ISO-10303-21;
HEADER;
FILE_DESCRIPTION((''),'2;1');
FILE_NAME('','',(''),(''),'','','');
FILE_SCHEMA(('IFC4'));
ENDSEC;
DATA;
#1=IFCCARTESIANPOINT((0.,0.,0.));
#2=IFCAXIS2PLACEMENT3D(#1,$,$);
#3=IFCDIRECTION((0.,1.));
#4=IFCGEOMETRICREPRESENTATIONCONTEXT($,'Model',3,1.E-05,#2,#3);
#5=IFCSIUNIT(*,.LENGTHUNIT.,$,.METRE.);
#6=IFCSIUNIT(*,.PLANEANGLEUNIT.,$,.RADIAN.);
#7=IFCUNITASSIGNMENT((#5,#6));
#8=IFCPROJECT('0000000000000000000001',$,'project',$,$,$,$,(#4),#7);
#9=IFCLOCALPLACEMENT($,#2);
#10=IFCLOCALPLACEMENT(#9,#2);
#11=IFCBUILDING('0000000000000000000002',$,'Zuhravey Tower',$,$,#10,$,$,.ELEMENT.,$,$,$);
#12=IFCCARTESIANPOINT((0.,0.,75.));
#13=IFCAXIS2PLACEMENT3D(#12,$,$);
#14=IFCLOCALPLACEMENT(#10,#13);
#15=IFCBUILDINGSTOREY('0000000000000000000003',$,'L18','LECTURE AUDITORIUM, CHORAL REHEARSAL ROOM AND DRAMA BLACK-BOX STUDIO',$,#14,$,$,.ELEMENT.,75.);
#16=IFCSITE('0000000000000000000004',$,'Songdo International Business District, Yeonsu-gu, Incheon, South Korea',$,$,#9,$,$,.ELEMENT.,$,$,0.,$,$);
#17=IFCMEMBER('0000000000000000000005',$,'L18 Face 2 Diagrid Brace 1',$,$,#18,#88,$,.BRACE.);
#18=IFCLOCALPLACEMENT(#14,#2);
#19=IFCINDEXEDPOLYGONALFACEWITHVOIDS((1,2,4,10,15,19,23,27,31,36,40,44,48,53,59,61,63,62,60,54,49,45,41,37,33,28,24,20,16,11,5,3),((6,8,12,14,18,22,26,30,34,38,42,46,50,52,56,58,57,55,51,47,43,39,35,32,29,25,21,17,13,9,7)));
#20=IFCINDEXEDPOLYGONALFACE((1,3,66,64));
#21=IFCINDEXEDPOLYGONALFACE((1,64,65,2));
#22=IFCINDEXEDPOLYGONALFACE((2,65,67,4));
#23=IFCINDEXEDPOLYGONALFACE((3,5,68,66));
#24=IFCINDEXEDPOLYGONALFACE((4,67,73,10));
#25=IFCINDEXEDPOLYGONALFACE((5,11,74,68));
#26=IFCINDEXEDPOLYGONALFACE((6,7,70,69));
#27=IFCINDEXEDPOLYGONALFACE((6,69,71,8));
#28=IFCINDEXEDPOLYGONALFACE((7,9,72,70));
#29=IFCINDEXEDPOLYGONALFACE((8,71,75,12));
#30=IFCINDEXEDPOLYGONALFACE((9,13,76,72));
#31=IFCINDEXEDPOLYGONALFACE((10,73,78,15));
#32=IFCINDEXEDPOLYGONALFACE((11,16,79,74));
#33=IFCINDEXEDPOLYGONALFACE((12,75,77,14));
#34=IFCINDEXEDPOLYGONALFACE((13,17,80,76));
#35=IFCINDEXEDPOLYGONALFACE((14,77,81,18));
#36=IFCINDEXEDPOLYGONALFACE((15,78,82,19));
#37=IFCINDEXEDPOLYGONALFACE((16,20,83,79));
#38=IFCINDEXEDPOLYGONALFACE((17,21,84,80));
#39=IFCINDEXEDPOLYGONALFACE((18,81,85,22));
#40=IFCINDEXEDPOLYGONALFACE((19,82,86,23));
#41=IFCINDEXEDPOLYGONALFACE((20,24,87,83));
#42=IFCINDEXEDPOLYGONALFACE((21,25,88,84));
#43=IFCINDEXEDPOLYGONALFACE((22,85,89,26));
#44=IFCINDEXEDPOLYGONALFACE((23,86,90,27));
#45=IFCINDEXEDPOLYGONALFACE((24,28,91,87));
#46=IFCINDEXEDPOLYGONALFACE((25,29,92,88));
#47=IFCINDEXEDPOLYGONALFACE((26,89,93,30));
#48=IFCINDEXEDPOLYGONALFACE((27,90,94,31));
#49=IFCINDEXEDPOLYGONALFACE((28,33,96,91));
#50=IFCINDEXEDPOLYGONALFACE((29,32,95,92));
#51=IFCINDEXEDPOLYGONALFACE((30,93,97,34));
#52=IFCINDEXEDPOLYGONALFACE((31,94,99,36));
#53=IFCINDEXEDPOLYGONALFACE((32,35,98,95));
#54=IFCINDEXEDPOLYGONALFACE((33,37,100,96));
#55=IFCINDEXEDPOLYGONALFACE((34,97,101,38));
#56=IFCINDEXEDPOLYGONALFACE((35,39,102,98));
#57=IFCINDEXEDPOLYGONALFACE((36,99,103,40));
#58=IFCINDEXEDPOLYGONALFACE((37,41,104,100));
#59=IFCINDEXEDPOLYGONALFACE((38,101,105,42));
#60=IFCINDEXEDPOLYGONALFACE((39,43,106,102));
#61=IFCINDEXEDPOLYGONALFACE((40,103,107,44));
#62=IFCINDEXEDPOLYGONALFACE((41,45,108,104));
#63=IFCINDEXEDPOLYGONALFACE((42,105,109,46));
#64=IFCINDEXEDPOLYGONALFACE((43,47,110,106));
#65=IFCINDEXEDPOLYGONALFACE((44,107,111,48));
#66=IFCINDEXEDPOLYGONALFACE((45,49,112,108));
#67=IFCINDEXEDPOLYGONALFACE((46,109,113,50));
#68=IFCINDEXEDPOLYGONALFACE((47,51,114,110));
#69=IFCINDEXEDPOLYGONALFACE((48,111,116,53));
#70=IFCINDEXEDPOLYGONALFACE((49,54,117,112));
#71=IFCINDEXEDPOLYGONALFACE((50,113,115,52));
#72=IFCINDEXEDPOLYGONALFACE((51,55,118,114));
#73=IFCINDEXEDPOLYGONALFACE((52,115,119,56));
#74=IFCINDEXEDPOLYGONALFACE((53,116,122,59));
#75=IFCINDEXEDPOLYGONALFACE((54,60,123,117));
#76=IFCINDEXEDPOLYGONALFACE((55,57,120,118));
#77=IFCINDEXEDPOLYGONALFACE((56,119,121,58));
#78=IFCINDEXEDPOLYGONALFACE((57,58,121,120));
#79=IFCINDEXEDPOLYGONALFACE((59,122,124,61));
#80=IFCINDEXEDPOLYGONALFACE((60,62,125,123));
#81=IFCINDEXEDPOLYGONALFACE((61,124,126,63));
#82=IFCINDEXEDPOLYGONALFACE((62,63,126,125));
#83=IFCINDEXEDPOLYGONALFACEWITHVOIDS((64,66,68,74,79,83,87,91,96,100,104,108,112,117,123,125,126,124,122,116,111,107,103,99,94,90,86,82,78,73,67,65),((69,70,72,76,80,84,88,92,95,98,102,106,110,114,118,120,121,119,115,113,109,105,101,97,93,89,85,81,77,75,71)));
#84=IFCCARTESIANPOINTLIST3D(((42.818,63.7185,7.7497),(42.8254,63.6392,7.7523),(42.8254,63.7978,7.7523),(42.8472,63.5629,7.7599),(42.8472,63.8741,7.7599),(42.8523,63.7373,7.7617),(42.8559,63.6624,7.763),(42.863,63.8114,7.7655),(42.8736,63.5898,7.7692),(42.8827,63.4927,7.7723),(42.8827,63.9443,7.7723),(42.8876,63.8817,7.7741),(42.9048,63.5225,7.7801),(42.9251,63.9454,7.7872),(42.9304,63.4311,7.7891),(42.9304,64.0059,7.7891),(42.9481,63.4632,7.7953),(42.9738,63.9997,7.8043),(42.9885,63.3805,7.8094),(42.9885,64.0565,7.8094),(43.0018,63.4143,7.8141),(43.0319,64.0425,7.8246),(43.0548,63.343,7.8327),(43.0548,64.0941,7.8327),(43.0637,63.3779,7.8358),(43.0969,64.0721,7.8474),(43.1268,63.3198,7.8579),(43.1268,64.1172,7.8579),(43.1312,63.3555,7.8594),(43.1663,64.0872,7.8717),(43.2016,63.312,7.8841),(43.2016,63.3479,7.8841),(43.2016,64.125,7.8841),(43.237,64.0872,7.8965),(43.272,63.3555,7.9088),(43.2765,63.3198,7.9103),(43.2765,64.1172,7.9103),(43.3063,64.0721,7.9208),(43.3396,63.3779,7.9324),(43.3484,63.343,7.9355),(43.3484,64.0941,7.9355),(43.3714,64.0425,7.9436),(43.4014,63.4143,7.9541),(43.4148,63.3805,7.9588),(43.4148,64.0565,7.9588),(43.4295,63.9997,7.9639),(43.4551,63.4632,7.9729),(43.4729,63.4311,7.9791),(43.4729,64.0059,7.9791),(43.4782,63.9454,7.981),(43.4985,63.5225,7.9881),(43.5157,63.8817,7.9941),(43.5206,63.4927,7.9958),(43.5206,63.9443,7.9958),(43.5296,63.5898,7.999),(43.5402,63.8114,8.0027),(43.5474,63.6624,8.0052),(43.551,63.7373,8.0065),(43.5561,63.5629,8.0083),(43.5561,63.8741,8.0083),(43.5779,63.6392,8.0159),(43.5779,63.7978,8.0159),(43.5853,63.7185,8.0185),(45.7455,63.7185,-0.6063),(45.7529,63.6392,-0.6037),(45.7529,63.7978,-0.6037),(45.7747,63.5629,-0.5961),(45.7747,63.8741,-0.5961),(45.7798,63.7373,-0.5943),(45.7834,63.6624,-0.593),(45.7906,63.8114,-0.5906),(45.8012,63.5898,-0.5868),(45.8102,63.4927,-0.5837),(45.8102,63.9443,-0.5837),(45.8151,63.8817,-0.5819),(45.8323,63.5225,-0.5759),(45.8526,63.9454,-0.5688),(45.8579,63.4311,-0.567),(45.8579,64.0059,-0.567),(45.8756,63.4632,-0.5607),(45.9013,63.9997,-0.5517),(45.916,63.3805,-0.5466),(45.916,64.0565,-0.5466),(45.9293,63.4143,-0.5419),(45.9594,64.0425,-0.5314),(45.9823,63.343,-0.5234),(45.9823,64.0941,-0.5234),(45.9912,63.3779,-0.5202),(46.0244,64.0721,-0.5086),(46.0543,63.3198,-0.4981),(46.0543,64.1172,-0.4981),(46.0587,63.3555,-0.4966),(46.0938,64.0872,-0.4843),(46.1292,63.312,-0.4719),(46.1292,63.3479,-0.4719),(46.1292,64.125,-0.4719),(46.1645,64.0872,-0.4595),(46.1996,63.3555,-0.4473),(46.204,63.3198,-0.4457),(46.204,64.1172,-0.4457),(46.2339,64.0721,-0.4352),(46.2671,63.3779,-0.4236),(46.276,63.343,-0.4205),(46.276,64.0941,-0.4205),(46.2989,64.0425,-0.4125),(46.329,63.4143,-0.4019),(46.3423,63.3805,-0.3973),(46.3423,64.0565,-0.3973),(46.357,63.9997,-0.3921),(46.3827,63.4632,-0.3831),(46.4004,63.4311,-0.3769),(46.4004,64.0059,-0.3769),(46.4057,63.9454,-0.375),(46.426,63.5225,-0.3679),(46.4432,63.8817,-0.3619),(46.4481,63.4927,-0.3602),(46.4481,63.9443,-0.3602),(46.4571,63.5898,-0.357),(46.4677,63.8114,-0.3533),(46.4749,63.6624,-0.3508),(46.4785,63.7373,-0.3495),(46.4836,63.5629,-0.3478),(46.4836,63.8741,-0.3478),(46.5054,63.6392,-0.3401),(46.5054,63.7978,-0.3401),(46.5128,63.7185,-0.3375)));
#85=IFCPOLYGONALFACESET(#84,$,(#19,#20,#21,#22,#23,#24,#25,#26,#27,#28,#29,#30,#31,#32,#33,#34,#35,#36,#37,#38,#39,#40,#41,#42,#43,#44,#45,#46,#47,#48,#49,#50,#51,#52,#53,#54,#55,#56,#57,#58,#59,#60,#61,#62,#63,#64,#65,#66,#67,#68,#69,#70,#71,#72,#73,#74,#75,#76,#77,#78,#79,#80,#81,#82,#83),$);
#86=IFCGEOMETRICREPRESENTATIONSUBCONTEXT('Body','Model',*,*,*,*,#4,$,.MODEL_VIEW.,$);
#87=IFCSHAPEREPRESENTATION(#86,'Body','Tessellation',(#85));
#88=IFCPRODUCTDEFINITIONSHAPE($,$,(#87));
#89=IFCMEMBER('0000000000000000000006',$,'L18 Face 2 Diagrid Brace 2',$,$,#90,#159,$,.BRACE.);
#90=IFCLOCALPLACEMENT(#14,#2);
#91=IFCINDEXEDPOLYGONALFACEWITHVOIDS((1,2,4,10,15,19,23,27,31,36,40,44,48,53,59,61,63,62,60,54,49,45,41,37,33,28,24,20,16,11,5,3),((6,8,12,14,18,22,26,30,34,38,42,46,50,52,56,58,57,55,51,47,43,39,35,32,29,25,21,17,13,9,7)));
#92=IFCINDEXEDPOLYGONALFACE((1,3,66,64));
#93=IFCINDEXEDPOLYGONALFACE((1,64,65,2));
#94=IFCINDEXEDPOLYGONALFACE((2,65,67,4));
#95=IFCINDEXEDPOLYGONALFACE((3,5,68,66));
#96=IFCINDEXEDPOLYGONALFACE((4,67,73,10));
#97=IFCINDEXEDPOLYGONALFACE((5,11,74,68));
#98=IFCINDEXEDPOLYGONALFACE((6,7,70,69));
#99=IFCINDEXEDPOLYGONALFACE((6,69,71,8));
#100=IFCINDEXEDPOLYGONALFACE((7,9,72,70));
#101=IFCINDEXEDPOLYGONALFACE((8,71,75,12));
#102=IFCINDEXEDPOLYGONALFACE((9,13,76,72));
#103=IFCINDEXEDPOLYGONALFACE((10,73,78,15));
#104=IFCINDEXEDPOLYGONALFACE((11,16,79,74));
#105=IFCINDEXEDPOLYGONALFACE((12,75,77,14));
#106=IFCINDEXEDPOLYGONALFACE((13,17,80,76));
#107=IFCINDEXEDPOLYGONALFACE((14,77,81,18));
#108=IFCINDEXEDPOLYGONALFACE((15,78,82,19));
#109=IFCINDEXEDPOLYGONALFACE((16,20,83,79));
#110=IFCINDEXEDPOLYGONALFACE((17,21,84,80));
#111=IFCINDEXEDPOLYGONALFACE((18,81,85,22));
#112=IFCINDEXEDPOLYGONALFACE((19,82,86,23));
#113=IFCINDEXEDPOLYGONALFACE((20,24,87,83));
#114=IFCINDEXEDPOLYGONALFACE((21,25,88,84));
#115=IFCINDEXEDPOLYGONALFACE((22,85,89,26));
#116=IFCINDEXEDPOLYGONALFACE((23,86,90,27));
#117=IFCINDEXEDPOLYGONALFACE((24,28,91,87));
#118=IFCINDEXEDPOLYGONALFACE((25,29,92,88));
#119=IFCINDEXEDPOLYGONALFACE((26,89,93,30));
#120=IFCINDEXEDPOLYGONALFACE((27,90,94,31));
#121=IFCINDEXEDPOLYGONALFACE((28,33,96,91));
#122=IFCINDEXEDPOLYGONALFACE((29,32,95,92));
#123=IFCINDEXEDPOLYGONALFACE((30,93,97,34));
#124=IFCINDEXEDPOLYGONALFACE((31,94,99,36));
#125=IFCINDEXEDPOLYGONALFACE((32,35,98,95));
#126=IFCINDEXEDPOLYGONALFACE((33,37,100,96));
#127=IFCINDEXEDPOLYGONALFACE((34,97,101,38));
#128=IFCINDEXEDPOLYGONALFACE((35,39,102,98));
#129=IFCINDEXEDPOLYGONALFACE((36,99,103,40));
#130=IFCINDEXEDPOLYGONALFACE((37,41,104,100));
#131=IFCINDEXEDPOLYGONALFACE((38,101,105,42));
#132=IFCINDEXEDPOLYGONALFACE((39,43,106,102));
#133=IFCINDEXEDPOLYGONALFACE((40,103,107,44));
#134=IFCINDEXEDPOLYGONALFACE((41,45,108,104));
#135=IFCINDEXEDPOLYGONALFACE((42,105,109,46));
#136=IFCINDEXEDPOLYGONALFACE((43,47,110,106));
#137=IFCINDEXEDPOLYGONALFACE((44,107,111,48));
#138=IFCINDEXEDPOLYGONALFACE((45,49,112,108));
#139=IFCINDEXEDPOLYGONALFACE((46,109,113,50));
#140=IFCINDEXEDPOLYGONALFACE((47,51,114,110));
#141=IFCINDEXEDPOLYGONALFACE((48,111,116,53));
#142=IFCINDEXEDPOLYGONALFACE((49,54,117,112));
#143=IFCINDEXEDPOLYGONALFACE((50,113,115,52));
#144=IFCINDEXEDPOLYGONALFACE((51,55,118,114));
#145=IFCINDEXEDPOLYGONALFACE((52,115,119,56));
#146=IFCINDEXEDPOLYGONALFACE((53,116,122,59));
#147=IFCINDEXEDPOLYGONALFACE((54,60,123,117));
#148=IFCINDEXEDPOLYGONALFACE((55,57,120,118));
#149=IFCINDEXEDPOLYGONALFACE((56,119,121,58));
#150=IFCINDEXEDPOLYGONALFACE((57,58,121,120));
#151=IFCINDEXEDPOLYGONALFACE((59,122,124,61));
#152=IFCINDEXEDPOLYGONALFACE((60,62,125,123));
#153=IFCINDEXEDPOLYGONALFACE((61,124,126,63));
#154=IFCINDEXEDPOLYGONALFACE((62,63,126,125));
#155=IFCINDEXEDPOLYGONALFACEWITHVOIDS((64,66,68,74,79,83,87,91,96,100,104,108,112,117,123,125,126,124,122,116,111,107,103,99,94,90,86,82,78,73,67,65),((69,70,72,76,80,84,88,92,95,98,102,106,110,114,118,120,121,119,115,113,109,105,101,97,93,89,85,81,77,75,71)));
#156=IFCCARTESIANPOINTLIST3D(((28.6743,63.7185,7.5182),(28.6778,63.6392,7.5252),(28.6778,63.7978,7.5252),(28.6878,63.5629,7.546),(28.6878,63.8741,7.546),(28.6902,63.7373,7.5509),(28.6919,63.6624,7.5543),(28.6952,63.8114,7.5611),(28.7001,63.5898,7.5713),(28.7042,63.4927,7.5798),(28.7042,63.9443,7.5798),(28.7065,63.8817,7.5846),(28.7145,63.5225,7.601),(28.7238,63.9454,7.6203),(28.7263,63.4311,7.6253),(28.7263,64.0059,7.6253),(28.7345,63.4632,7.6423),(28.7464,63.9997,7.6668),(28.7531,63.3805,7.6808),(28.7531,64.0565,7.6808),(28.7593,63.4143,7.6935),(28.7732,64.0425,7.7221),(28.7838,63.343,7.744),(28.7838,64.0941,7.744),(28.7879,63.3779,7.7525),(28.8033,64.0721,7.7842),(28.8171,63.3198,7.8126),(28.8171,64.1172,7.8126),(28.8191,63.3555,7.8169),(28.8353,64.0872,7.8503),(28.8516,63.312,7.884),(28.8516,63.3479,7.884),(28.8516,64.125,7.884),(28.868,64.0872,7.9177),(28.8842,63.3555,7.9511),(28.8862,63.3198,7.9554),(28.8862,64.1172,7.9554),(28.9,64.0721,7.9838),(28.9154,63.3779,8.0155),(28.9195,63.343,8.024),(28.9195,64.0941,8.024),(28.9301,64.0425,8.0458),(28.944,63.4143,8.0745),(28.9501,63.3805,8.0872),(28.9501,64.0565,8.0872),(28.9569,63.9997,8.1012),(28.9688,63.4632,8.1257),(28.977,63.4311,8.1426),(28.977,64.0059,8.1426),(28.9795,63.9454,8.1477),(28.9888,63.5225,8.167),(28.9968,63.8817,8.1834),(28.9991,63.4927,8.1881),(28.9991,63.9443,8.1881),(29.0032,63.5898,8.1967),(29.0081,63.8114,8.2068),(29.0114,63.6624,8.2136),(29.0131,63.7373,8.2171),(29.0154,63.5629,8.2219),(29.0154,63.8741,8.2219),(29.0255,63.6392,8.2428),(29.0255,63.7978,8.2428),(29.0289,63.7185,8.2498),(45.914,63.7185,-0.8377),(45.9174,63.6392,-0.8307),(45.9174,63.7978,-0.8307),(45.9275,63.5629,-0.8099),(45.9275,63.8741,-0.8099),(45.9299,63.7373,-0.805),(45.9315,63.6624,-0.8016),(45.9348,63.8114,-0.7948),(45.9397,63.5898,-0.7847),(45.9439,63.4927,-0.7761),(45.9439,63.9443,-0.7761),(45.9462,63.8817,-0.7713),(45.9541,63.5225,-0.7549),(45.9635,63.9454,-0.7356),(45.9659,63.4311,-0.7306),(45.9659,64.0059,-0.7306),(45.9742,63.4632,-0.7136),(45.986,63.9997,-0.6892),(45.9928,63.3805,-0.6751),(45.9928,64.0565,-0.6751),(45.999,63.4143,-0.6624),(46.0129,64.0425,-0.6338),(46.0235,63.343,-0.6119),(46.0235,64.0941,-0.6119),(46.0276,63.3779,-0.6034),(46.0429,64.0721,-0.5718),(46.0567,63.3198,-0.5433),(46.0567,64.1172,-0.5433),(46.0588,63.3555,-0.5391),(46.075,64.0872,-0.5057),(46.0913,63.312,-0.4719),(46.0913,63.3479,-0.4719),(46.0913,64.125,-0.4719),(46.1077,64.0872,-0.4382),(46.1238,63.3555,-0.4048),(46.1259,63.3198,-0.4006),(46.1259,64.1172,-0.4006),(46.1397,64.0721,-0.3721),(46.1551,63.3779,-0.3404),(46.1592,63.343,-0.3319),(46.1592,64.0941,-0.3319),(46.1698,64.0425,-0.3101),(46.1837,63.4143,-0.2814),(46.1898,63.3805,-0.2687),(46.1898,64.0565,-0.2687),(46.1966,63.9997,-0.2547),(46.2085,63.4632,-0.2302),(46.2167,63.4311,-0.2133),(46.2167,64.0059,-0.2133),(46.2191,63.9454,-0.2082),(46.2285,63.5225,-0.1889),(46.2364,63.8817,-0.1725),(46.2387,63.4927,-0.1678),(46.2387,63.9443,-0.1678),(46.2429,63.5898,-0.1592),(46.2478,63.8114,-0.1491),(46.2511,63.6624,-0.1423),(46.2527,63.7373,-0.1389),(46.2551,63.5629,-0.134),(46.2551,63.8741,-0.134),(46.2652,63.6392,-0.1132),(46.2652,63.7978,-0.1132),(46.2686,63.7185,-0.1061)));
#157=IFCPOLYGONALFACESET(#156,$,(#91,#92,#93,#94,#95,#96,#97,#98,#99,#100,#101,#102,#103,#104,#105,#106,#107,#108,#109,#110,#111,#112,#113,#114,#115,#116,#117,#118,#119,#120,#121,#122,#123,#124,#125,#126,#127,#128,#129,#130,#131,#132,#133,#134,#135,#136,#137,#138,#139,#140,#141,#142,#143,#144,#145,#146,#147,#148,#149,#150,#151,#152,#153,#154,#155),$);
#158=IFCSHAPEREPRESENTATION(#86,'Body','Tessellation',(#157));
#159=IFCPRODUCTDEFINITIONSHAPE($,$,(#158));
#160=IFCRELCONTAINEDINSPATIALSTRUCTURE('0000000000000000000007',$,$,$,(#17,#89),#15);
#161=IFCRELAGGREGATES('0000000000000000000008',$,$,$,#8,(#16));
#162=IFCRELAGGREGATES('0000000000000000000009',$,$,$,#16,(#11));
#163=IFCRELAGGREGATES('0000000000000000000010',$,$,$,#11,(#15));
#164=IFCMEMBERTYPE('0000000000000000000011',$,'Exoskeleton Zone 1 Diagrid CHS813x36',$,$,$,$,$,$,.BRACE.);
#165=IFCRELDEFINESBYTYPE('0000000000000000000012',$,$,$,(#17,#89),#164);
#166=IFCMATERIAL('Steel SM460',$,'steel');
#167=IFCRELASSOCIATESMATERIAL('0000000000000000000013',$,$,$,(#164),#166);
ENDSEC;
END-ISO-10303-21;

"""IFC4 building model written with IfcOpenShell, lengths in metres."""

from ifc_helpers import new_model, si_unit, direction, frame, origin, origin_2d, place, context, subcontext, project, spatial, hollow_circle, extrude, material, material_profile, profile_set, type_object, element, save


model = new_model("IFC4")

# Units and contexts
model_context = context("Model", 3, precision=1e-05, world=origin(), true_north=direction((0.0, 1.0)))
body_context = subcontext(model_context, "Body", "Model", "MODEL_VIEW")
ifc_project = project(units=[si_unit("LENGTHUNIT", "METRE"), si_unit("PLANEANGLEUNIT", "RADIAN")], contexts=[model_context])

# Site, building, storey
site_placement = place(None, origin())
site = spatial("IfcSite", under=ifc_project, at=site_placement, Name="Songdo International Business District, Yeonsu-gu, Incheon, South Korea", CompositionType="ELEMENT", RefElevation=0.0)
building_placement = place(site_placement, origin())
building = spatial("IfcBuilding", under=site, at=building_placement, Name="Zuhravey Tower", CompositionType="ELEMENT")
storey_placement = place(building_placement, frame((0.0, 0.0, 75.0)))
storey = spatial("IfcBuildingStorey", under=building, at=storey_placement, Name="L18", Description="LECTURE AUDITORIUM, CHORAL REHEARSAL ROOM AND DRAMA BLACK-BOX STUDIO", CompositionType="ELEMENT", Elevation=75.0)

# Members
ifc_material_1 = material(Name="Steel SM460", Category="steel")
ifc_material_profile_1 = material_profile(ifc_material_1, hollow_circle(Radius=0.4065, WallThickness=0.0359, at=origin_2d()), Name="CHS-812.8x36")
ifc_profile_set_1 = profile_set([ifc_material_profile_1], Name="Steel SM460")
member_type_1 = type_object("IfcMemberType", Name="Exoskeleton Zone 1 Diagrid CHS813x36", PredefinedType="BRACE", material=ifc_profile_set_1)
member_1_placement = place(storey_placement, frame((46.1292, 63.7185, -0.4719), z_axis=(-0.330643, 0.0, 0.943756), x_axis=(0.0, -1.0, 0.0)))
element("IfcMember", 1, at=member_1_placement, inside=storey, type_object=member_type_1, Name="L18 Face 2 Diagrid Brace 1", PredefinedType="BRACE", context=body_context, shape_type="SweptSolid", body=[
    extrude(hollow_circle(Radius=0.4065, WallThickness=0.0359, at=origin_2d()), origin(), (0.0, 0.0, 1.0), 8.854),
])
member_2_placement = place(storey_placement, frame((46.0913, 63.7185, -0.4719), z_axis=(-0.89987, 0.0, 0.436159), x_axis=(0.0, -1.0, 0.0)))
element("IfcMember", 2, at=member_2_placement, inside=storey, type_object=member_type_1, Name="L18 Face 2 Diagrid Brace 2", PredefinedType="BRACE", context=body_context, shape_type="SweptSolid", body=[
    extrude(hollow_circle(Radius=0.4065, WallThickness=0.0359, at=origin_2d()), origin(), (0.0, 0.0, 1.0), 19.158),
])

save(model, "model.ifc")
